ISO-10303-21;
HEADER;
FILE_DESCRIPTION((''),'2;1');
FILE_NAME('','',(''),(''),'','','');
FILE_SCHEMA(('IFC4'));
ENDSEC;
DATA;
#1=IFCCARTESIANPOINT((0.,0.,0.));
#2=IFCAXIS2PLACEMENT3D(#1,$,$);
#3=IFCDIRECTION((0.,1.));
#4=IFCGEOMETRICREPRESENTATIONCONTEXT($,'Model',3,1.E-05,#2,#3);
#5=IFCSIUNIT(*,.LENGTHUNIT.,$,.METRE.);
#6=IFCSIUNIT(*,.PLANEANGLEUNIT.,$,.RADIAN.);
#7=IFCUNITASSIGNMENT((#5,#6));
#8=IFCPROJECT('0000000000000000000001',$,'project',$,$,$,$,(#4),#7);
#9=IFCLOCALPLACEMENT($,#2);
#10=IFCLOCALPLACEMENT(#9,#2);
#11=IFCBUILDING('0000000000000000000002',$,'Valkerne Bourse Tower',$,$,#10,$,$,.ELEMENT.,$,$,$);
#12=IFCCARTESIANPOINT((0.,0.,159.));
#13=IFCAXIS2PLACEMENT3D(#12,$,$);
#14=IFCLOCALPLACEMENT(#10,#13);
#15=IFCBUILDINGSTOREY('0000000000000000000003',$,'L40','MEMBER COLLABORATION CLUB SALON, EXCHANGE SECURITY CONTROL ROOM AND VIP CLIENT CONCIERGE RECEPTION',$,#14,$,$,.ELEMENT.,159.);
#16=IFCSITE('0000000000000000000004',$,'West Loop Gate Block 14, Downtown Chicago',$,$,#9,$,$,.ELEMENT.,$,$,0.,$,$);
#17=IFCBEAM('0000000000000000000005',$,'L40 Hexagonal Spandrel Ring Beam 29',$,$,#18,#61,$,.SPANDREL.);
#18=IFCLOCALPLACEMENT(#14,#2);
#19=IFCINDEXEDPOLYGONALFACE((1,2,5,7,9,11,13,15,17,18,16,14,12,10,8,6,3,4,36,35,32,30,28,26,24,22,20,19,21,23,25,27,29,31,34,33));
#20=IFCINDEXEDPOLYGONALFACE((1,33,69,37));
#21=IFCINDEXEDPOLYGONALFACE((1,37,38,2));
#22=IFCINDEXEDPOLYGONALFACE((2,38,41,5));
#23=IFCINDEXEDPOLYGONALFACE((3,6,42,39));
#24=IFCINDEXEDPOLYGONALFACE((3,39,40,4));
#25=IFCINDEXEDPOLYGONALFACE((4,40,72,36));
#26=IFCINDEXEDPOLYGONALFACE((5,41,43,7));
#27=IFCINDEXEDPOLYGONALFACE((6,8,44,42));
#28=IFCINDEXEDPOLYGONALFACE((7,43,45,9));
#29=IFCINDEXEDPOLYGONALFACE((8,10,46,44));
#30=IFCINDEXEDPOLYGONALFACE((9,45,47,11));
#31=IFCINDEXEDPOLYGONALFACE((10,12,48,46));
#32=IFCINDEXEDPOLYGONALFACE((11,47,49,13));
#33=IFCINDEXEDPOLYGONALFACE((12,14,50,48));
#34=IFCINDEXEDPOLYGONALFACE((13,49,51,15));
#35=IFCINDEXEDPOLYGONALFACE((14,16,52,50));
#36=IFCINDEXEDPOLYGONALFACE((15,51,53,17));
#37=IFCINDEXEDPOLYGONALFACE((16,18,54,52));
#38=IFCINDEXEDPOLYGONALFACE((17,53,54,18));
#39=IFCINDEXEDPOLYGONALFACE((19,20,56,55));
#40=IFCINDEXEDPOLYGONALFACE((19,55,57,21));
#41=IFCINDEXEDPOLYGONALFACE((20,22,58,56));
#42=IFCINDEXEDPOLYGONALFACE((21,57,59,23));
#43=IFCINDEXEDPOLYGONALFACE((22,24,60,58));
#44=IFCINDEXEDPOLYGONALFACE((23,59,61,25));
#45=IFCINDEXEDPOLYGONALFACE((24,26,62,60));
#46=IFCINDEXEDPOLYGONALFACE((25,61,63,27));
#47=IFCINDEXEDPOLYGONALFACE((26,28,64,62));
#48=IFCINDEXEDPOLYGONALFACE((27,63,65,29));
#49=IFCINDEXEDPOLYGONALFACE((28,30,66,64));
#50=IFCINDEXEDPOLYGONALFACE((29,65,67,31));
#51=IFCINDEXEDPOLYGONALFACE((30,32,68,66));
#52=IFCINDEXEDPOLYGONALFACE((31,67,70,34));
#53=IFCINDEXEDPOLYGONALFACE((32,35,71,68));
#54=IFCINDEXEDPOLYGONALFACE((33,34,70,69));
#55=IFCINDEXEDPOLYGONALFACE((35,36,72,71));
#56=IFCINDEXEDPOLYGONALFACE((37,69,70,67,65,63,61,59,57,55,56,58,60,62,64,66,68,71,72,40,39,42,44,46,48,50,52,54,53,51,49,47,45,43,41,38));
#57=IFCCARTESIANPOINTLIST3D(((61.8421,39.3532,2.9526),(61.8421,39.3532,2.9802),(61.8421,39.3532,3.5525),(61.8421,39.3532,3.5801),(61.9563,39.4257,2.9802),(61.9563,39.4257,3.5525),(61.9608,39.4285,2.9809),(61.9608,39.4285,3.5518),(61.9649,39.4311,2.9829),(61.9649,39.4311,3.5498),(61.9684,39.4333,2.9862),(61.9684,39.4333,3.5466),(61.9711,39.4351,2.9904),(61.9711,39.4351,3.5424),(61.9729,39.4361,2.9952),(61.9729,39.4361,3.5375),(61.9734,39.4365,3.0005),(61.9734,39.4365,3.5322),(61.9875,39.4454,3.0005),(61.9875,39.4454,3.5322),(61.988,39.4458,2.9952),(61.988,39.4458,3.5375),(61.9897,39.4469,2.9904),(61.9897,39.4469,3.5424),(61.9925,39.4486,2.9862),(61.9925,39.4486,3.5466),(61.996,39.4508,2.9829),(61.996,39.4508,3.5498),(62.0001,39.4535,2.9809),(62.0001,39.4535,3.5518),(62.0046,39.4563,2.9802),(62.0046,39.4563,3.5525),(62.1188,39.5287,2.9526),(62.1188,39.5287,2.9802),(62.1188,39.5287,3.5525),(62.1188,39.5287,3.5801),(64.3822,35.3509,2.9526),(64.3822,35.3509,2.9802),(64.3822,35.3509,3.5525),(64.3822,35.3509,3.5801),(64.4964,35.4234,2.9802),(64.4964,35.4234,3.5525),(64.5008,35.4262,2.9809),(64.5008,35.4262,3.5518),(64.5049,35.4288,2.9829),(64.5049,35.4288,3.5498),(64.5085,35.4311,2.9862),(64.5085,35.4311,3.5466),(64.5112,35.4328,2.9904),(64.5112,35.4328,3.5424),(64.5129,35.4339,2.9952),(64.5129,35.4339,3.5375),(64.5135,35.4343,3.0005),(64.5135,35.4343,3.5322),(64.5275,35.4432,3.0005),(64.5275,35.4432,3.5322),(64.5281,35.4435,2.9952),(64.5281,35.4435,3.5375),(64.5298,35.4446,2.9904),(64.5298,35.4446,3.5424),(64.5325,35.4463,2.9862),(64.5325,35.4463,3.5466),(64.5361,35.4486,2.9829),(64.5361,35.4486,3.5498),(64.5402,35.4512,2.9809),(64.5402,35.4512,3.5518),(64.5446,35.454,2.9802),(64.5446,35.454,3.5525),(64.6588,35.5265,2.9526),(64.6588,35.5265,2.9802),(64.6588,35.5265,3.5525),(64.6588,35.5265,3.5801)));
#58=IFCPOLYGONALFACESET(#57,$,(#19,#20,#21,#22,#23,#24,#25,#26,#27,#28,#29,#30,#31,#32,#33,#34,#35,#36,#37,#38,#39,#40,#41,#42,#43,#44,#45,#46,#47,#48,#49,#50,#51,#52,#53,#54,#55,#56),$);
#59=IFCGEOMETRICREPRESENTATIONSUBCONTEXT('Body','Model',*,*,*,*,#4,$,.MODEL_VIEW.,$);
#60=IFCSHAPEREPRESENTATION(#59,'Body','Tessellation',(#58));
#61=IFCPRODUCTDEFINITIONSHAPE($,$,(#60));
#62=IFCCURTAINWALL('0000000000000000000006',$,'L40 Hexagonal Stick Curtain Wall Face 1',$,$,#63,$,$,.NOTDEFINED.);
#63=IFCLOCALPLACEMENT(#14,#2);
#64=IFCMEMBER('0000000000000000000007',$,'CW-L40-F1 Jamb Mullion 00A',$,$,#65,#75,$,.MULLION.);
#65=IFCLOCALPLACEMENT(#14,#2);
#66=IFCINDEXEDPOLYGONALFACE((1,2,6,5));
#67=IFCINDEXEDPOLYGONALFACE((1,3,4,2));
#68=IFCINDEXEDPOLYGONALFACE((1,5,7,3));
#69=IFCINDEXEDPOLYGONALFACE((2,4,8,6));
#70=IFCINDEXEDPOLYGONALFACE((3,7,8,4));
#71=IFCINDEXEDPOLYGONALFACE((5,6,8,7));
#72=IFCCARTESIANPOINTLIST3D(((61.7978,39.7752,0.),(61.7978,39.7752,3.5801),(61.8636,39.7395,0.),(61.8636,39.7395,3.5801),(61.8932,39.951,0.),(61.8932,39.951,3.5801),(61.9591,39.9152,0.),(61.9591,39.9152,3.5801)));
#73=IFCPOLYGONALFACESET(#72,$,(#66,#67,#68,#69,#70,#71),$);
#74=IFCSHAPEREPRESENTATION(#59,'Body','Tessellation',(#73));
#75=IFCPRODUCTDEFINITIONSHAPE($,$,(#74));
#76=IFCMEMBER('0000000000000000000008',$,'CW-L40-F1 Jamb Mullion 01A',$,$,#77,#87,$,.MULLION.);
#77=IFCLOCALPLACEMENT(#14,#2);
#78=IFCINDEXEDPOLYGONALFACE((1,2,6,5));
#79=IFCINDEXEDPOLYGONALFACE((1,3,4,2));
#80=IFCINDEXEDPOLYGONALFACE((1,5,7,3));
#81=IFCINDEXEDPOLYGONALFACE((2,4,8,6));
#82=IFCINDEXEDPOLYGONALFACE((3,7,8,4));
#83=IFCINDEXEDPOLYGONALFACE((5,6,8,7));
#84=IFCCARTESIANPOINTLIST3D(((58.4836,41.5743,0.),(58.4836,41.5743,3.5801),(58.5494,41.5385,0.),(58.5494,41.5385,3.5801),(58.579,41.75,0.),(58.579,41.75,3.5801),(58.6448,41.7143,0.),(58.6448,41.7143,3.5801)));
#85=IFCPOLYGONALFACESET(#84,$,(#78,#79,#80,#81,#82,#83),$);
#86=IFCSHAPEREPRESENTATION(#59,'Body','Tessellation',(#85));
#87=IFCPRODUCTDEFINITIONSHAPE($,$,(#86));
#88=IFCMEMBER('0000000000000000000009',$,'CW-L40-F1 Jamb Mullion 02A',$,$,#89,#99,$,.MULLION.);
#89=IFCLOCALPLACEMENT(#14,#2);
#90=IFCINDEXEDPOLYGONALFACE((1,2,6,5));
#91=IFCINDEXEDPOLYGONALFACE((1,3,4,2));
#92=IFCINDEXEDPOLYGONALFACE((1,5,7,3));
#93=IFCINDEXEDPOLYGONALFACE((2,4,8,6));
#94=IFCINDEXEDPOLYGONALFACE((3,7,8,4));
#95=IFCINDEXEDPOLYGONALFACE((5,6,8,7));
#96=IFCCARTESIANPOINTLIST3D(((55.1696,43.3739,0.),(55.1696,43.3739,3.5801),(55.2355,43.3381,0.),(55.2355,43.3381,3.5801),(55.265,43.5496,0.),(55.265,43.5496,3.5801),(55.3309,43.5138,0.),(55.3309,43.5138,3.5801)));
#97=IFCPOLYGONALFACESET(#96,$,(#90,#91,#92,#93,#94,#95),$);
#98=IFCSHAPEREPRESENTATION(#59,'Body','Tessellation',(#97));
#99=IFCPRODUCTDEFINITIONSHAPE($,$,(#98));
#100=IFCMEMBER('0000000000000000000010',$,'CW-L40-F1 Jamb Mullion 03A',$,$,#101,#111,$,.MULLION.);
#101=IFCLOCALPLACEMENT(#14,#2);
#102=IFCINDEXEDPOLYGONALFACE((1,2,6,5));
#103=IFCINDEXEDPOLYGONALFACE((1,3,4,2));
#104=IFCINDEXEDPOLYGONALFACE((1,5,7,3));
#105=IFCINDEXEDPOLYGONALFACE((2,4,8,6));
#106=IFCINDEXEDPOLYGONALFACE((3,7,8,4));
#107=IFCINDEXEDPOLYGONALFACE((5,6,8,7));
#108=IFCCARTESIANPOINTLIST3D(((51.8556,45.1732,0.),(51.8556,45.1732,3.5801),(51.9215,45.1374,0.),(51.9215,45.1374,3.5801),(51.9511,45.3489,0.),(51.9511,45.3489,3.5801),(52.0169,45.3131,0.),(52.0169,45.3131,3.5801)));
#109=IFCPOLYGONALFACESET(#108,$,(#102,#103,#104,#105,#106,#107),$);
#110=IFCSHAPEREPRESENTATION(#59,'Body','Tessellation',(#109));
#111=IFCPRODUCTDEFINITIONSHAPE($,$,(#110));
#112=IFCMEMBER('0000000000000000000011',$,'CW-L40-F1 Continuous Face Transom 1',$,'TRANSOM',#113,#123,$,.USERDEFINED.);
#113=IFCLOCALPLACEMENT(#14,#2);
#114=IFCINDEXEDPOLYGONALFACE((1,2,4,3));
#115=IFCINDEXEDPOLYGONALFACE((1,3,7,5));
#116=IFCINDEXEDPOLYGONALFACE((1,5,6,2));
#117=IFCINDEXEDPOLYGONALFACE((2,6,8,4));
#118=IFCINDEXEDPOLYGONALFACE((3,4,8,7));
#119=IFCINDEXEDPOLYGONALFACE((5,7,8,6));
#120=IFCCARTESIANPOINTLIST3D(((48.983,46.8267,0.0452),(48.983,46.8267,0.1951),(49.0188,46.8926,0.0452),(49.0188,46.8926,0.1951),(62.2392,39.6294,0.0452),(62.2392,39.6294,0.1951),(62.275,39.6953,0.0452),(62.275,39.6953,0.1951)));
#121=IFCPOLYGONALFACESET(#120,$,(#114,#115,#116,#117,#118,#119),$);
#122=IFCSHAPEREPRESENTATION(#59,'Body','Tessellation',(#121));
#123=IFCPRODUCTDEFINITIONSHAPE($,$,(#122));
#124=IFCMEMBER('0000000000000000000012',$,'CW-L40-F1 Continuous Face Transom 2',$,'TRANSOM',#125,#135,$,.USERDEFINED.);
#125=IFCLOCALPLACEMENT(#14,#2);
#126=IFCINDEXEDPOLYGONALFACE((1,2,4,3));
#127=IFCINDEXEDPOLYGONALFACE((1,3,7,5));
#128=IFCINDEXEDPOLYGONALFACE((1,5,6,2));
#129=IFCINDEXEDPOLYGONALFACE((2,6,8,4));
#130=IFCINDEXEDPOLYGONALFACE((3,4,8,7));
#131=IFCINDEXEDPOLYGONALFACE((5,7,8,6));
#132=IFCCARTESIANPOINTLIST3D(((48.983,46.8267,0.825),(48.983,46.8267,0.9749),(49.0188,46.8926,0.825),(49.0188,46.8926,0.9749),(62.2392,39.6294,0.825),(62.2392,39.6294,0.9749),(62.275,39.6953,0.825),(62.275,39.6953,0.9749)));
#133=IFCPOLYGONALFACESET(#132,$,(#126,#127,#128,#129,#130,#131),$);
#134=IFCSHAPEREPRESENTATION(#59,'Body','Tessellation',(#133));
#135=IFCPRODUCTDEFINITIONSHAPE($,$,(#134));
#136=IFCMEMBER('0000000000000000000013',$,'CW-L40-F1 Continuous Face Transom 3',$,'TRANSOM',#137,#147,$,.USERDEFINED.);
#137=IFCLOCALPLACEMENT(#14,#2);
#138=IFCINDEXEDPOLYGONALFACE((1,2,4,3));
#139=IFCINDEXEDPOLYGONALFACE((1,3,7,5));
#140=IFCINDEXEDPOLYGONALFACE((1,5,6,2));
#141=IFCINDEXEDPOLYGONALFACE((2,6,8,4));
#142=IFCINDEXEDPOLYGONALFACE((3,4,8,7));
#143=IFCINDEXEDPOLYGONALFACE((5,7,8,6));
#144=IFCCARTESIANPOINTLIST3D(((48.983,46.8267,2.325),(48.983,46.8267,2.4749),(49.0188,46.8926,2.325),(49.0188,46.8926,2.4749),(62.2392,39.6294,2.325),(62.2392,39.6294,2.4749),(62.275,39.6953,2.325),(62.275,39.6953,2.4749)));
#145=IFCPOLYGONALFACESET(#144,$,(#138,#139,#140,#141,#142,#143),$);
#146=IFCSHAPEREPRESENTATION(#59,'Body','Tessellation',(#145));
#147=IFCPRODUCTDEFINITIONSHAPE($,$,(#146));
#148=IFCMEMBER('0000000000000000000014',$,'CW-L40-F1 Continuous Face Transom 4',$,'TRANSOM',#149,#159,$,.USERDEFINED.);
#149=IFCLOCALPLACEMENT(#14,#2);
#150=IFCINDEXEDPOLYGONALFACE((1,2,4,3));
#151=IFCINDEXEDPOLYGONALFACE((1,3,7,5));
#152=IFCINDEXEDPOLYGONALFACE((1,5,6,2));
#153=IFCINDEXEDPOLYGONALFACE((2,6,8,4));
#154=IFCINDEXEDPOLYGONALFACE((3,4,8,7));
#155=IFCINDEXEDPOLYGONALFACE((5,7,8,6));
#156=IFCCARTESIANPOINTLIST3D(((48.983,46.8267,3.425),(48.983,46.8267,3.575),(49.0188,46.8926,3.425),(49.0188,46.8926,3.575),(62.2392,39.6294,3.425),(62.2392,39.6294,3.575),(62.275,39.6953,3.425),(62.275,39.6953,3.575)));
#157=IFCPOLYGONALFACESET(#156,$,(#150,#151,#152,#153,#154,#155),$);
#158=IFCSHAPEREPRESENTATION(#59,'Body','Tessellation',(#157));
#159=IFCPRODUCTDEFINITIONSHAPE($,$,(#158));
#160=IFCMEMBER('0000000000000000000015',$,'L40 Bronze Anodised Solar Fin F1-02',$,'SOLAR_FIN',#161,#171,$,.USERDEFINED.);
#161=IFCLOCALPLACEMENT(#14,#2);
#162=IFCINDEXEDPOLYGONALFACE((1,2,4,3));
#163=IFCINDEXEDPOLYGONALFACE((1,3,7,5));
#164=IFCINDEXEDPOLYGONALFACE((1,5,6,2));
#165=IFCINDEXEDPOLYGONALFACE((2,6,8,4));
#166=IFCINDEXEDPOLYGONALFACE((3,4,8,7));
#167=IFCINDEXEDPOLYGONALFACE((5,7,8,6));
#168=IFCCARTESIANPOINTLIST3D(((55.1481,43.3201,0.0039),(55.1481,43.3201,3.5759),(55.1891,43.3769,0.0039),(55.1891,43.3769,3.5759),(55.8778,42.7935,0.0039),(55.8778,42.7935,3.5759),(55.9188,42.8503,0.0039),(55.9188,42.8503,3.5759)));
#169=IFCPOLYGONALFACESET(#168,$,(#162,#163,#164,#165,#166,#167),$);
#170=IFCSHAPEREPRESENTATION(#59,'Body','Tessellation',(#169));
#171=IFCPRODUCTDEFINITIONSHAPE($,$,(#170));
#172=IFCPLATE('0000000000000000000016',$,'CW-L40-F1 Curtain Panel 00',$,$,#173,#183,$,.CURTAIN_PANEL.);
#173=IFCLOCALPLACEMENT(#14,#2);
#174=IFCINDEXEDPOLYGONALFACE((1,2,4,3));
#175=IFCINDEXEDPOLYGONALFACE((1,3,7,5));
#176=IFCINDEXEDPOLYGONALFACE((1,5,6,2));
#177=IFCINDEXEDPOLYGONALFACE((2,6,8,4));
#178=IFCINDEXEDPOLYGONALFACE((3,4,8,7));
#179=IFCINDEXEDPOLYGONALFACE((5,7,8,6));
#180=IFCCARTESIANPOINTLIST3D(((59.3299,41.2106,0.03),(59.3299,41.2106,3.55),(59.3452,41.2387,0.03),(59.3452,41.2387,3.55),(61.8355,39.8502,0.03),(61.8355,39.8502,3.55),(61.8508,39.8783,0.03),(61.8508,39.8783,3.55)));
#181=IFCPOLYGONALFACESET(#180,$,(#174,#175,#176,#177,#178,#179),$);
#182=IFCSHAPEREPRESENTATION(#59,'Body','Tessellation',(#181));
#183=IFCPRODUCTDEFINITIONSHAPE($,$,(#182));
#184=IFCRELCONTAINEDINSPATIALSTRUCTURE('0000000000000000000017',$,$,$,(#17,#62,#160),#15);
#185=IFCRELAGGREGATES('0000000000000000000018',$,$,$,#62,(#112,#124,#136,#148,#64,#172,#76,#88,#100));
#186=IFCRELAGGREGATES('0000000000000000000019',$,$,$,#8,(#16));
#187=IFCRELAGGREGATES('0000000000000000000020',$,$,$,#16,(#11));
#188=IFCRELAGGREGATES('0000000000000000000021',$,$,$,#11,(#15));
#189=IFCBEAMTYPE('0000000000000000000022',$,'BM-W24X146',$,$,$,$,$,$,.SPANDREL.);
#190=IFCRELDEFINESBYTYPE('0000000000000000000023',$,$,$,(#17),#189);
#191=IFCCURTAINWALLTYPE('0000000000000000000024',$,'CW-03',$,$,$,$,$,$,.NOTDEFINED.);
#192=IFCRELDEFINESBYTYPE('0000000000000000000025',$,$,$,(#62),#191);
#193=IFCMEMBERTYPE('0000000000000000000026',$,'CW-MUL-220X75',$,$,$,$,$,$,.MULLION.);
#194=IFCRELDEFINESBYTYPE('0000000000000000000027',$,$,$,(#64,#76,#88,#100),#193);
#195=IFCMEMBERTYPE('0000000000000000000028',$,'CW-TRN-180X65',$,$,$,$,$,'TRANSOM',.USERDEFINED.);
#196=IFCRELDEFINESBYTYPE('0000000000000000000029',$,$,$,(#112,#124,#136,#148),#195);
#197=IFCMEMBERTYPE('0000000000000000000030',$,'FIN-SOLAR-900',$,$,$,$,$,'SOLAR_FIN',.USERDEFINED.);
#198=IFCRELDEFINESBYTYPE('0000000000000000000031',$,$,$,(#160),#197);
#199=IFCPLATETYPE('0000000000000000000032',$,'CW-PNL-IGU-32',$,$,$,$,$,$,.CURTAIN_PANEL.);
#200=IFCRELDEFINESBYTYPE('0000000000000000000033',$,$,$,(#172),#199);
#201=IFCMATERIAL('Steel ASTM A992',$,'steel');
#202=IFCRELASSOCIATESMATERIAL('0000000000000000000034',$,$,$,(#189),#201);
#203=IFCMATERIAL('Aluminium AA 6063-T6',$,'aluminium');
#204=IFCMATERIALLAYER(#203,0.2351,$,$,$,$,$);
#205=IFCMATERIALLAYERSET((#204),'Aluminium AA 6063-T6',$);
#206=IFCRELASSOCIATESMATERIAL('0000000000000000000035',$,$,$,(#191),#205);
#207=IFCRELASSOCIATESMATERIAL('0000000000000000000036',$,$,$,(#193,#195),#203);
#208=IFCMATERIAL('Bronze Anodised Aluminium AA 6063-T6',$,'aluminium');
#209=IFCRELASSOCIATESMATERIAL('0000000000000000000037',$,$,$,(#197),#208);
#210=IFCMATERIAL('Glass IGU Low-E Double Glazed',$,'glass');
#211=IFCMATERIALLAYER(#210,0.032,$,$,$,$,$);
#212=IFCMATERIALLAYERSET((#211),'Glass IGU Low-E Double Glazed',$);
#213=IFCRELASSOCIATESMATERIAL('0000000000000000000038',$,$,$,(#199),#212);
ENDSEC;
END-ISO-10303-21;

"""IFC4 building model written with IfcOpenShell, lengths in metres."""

from ifc_helpers import new_model, si_unit, direction, frame, origin, origin_2d, place, context, subcontext, project, spatial, rectangle, i_section, extrude, material, layer, layer_set, material_profile, profile_set, type_object, element, aggregate, save


model = new_model("IFC4")

# Units and contexts
model_context = context("Model", 3, precision=1e-05, world=origin(), true_north=direction((0.0, 1.0)))
body_context = subcontext(model_context, "Body", "Model", "MODEL_VIEW")
ifc_project = project(units=[si_unit("LENGTHUNIT", "METRE"), si_unit("PLANEANGLEUNIT", "RADIAN")], contexts=[model_context])

# Site, building, storey
site_placement = place(None, origin())
site = spatial("IfcSite", under=ifc_project, at=site_placement, Name="West Loop Gate Block 14, Downtown Chicago", CompositionType="ELEMENT", RefElevation=0.0)
building_placement = place(site_placement, origin())
building = spatial("IfcBuilding", under=site, at=building_placement, Name="Valkerne Bourse Tower", CompositionType="ELEMENT")
storey_placement = place(building_placement, frame((0.0, 0.0, 159.0)))
storey = spatial("IfcBuildingStorey", under=building, at=storey_placement, Name="L40", Description="MEMBER COLLABORATION CLUB SALON, EXCHANGE SECURITY CONTROL ROOM AND VIP CLIENT CONCIERGE RECEPTION", CompositionType="ELEMENT", Elevation=159.0)

# Beam
ifc_material_1 = material(Name="Steel ASTM A992", Category="steel")
ifc_material_profile_1 = material_profile(ifc_material_1, i_section(OverallWidth=0.3276, OverallDepth=0.6274, WebThickness=0.0166, FlangeThickness=0.0276, FilletRadius=0.0203, at=origin_2d()), Name="W24X146")
ifc_profile_set_1 = profile_set([ifc_material_profile_1], Name="Steel ASTM A992")
beam_type = type_object("IfcBeamType", Name="BM-W24X146", PredefinedType="SPANDREL", material=ifc_profile_set_1)
beam_placement = place(storey_placement, frame((64.5205, 35.4387, 3.2664), z_axis=(-0.535852, 0.844312, 0.0), x_axis=(-0.844312, -0.535852, 0.0)))
element("IfcBeam", 1, at=beam_placement, inside=storey, type_object=beam_type, Name="L40 Hexagonal Spandrel Ring Beam 29", PredefinedType="SPANDREL", context=body_context, shape_type="SweptSolid", body=[
    extrude(i_section(OverallWidth=0.3276, OverallDepth=0.6274, WebThickness=0.0166, FlangeThickness=0.0276, FilletRadius=0.0203, at=origin_2d()), origin(), (0.0, 0.0, 1.0), 4.7402),
])

# Curtain wall, members
ifc_material_2 = material(Name="Aluminium AA 6063-T6", Category="aluminium")
ifc_layer_1 = layer(ifc_material_2, 0.2351)
ifc_layer_set_1 = layer_set([ifc_layer_1], Name="Aluminium AA 6063-T6")
curtain_wall_type = type_object("IfcCurtainWallType", Name="CW-03", PredefinedType="NOTDEFINED", material=ifc_layer_set_1)
curtain_wall_placement = place(storey_placement, origin())
curtain_wall = element("IfcCurtainWall", 2, at=curtain_wall_placement, inside=storey, type_object=curtain_wall_type, Name="L40 Hexagonal Stick Curtain Wall Face 1", PredefinedType="NOTDEFINED")
ifc_material_profile_2 = material_profile(ifc_material_2, rectangle(XDim=0.075, YDim=0.2, at=origin_2d()), Name="CWM-75X200")
ifc_profile_set_2 = profile_set([ifc_material_profile_2], Name="Aluminium AA 6063-T6")
member_type_1 = type_object("IfcMemberType", Name="CW-MUL-220X75", PredefinedType="MULLION", material=ifc_profile_set_2)
member_1_placement = place(storey_placement, frame((61.8784, 39.8452, 0.0), z_axis=(0.0, 0.0, 1.0), x_axis=(-0.878823, 0.477147, 0.0)))
member_1 = element("IfcMember", 3, at=member_1_placement, type_object=member_type_1, Name="CW-L40-F1 Jamb Mullion 00A", PredefinedType="MULLION", context=body_context, shape_type="SweptSolid", body=[
    extrude(rectangle(XDim=0.075, YDim=0.2, at=origin_2d()), origin(), (0.0, 0.0, 1.0), 3.5801),
])
member_2_placement = place(storey_placement, frame((58.5642, 41.6443, 0.0), z_axis=(0.0, 0.0, 1.0), x_axis=(-0.878812, 0.477168, 0.0)))
member_2 = element("IfcMember", 4, at=member_2_placement, type_object=member_type_1, Name="CW-L40-F1 Jamb Mullion 01A", PredefinedType="MULLION", context=body_context, shape_type="SweptSolid", body=[
    extrude(rectangle(XDim=0.075, YDim=0.2, at=origin_2d()), origin(), (0.0, 0.0, 1.0), 3.5801),
])
member_3_placement = place(storey_placement, frame((55.2502, 43.4438, 0.0), z_axis=(0.0, 0.0, 1.0), x_axis=(-0.878823, 0.477147, 0.0)))
member_3 = element("IfcMember", 5, at=member_3_placement, type_object=member_type_1, Name="CW-L40-F1 Jamb Mullion 02A", PredefinedType="MULLION", context=body_context, shape_type="SweptSolid", body=[
    extrude(rectangle(XDim=0.075, YDim=0.2, at=origin_2d()), origin(), (0.0, 0.0, 1.0), 3.5801),
])
member_4_placement = place(storey_placement, frame((51.9363, 45.2432, 0.0), z_axis=(0.0, 0.0, 1.0), x_axis=(-0.878812, 0.477168, 0.0)))
member_4 = element("IfcMember", 6, at=member_4_placement, type_object=member_type_1, Name="CW-L40-F1 Jamb Mullion 03A", PredefinedType="MULLION", context=body_context, shape_type="SweptSolid", body=[
    extrude(rectangle(XDim=0.075, YDim=0.2, at=origin_2d()), origin(), (0.0, 0.0, 1.0), 3.5801),
])
ifc_material_profile_3 = material_profile(ifc_material_2, rectangle(XDim=0.075, YDim=0.1499, at=origin_2d()), Name="CWT-75X150")
ifc_profile_set_3 = profile_set([ifc_material_profile_3], Name="Aluminium AA 6063-T6")
member_type_2 = type_object("IfcMemberType", Name="CW-TRN-180X65", ElementType="TRANSOM", PredefinedType="USERDEFINED", material=ifc_profile_set_3)
member_5_placement = place(storey_placement, frame((62.2571, 39.6624, 0.1201), z_axis=(-0.878823, 0.477148, 0.0), x_axis=(-0.477148, -0.878823, 0.0)))
member_5 = element("IfcMember", 7, at=member_5_placement, type_object=member_type_2, Name="CW-L40-F1 Continuous Face Transom 1", ObjectType="TRANSOM", PredefinedType="USERDEFINED", context=body_context, shape_type="SweptSolid", body=[
    extrude(rectangle(XDim=0.075, YDim=0.1499, at=origin_2d()), origin(), (0.0, 0.0, 1.0), 15.084),
])
member_6_placement = place(storey_placement, frame((62.2571, 39.6624, 0.8999), z_axis=(-0.878823, 0.477148, 0.0), x_axis=(-0.477148, -0.878823, 0.0)))
member_6 = element("IfcMember", 8, at=member_6_placement, type_object=member_type_2, Name="CW-L40-F1 Continuous Face Transom 2", ObjectType="TRANSOM", PredefinedType="USERDEFINED", context=body_context, shape_type="SweptSolid", body=[
    extrude(rectangle(XDim=0.075, YDim=0.1499, at=origin_2d()), origin(), (0.0, 0.0, 1.0), 15.084),
])
member_7_placement = place(storey_placement, frame((62.2571, 39.6624, 2.3999), z_axis=(-0.878823, 0.477148, 0.0), x_axis=(-0.477148, -0.878823, 0.0)))
member_7 = element("IfcMember", 9, at=member_7_placement, type_object=member_type_2, Name="CW-L40-F1 Continuous Face Transom 3", ObjectType="TRANSOM", PredefinedType="USERDEFINED", context=body_context, shape_type="SweptSolid", body=[
    extrude(rectangle(XDim=0.075, YDim=0.1499, at=origin_2d()), origin(), (0.0, 0.0, 1.0), 15.084),
])
member_8_placement = place(storey_placement, frame((62.2571, 39.6624, 3.5), z_axis=(-0.878823, 0.477148, 0.0), x_axis=(-0.477148, -0.878823, 0.0)))
member_8 = element("IfcMember", 10, at=member_8_placement, type_object=member_type_2, Name="CW-L40-F1 Continuous Face Transom 4", ObjectType="TRANSOM", PredefinedType="USERDEFINED", context=body_context, shape_type="SweptSolid", body=[
    extrude(rectangle(XDim=0.075, YDim=0.1499, at=origin_2d()), origin(), (0.0, 0.0, 1.0), 15.084),
])

# Member
ifc_material_3 = material(Name="Bronze Anodised Aluminium AA 6063-T6", Category="aluminium")
ifc_material_profile_4 = material_profile(ifc_material_3, rectangle(XDim=0.0701, YDim=0.8999, at=origin_2d()), Name="FIN-70X900")
ifc_profile_set_4 = profile_set([ifc_material_profile_4], Name="Bronze Anodised Aluminium AA 6063-T6")
member_type_3 = type_object("IfcMemberType", Name="FIN-SOLAR-900", ElementType="SOLAR_FIN", PredefinedType="USERDEFINED", material=ifc_profile_set_4)
member_9_placement = place(storey_placement, frame((55.5334, 43.0852, 0.0039), z_axis=(0.0, 0.0, 1.0), x_axis=(0.585161, 0.810917, 0.0)))
element("IfcMember", 11, at=member_9_placement, inside=storey, type_object=member_type_3, Name="L40 Bronze Anodised Solar Fin F1-02", ObjectType="SOLAR_FIN", PredefinedType="USERDEFINED", context=body_context, shape_type="SweptSolid", body=[
    extrude(rectangle(XDim=0.0701, YDim=0.8999, at=origin_2d()), origin(), (0.0, 0.0, 1.0), 3.572),
])

# Plate
ifc_material_4 = material(Name="Glass IGU Low-E Double Glazed", Category="glass")
ifc_layer_2 = layer(ifc_material_4, 0.032)
ifc_layer_set_2 = layer_set([ifc_layer_2], Name="Glass IGU Low-E Double Glazed")
plate_type = type_object("IfcPlateType", Name="CW-PNL-IGU-32", PredefinedType="CURTAIN_PANEL", material=ifc_layer_set_2)
plate_1_placement = place(storey_placement, frame((60.5903, 40.5444, 0.03), z_axis=(0.0, 0.0, 1.0), x_axis=(-0.878823, 0.477147, 0.0)))
plate_1 = element("IfcPlate", 12, at=plate_1_placement, type_object=plate_type, Name="CW-L40-F1 Curtain Panel 00", PredefinedType="CURTAIN_PANEL", context=body_context, shape_type="SweptSolid", body=[
    extrude(rectangle(XDim=2.8511, YDim=0.032, at=origin_2d()), origin(), (0.0, 0.0, 1.0), 3.52),
])
aggregate(curtain_wall, [member_5, member_6, member_7, member_8, member_1, plate_1, member_2, member_3, member_4])

save(model, "model.ifc")
